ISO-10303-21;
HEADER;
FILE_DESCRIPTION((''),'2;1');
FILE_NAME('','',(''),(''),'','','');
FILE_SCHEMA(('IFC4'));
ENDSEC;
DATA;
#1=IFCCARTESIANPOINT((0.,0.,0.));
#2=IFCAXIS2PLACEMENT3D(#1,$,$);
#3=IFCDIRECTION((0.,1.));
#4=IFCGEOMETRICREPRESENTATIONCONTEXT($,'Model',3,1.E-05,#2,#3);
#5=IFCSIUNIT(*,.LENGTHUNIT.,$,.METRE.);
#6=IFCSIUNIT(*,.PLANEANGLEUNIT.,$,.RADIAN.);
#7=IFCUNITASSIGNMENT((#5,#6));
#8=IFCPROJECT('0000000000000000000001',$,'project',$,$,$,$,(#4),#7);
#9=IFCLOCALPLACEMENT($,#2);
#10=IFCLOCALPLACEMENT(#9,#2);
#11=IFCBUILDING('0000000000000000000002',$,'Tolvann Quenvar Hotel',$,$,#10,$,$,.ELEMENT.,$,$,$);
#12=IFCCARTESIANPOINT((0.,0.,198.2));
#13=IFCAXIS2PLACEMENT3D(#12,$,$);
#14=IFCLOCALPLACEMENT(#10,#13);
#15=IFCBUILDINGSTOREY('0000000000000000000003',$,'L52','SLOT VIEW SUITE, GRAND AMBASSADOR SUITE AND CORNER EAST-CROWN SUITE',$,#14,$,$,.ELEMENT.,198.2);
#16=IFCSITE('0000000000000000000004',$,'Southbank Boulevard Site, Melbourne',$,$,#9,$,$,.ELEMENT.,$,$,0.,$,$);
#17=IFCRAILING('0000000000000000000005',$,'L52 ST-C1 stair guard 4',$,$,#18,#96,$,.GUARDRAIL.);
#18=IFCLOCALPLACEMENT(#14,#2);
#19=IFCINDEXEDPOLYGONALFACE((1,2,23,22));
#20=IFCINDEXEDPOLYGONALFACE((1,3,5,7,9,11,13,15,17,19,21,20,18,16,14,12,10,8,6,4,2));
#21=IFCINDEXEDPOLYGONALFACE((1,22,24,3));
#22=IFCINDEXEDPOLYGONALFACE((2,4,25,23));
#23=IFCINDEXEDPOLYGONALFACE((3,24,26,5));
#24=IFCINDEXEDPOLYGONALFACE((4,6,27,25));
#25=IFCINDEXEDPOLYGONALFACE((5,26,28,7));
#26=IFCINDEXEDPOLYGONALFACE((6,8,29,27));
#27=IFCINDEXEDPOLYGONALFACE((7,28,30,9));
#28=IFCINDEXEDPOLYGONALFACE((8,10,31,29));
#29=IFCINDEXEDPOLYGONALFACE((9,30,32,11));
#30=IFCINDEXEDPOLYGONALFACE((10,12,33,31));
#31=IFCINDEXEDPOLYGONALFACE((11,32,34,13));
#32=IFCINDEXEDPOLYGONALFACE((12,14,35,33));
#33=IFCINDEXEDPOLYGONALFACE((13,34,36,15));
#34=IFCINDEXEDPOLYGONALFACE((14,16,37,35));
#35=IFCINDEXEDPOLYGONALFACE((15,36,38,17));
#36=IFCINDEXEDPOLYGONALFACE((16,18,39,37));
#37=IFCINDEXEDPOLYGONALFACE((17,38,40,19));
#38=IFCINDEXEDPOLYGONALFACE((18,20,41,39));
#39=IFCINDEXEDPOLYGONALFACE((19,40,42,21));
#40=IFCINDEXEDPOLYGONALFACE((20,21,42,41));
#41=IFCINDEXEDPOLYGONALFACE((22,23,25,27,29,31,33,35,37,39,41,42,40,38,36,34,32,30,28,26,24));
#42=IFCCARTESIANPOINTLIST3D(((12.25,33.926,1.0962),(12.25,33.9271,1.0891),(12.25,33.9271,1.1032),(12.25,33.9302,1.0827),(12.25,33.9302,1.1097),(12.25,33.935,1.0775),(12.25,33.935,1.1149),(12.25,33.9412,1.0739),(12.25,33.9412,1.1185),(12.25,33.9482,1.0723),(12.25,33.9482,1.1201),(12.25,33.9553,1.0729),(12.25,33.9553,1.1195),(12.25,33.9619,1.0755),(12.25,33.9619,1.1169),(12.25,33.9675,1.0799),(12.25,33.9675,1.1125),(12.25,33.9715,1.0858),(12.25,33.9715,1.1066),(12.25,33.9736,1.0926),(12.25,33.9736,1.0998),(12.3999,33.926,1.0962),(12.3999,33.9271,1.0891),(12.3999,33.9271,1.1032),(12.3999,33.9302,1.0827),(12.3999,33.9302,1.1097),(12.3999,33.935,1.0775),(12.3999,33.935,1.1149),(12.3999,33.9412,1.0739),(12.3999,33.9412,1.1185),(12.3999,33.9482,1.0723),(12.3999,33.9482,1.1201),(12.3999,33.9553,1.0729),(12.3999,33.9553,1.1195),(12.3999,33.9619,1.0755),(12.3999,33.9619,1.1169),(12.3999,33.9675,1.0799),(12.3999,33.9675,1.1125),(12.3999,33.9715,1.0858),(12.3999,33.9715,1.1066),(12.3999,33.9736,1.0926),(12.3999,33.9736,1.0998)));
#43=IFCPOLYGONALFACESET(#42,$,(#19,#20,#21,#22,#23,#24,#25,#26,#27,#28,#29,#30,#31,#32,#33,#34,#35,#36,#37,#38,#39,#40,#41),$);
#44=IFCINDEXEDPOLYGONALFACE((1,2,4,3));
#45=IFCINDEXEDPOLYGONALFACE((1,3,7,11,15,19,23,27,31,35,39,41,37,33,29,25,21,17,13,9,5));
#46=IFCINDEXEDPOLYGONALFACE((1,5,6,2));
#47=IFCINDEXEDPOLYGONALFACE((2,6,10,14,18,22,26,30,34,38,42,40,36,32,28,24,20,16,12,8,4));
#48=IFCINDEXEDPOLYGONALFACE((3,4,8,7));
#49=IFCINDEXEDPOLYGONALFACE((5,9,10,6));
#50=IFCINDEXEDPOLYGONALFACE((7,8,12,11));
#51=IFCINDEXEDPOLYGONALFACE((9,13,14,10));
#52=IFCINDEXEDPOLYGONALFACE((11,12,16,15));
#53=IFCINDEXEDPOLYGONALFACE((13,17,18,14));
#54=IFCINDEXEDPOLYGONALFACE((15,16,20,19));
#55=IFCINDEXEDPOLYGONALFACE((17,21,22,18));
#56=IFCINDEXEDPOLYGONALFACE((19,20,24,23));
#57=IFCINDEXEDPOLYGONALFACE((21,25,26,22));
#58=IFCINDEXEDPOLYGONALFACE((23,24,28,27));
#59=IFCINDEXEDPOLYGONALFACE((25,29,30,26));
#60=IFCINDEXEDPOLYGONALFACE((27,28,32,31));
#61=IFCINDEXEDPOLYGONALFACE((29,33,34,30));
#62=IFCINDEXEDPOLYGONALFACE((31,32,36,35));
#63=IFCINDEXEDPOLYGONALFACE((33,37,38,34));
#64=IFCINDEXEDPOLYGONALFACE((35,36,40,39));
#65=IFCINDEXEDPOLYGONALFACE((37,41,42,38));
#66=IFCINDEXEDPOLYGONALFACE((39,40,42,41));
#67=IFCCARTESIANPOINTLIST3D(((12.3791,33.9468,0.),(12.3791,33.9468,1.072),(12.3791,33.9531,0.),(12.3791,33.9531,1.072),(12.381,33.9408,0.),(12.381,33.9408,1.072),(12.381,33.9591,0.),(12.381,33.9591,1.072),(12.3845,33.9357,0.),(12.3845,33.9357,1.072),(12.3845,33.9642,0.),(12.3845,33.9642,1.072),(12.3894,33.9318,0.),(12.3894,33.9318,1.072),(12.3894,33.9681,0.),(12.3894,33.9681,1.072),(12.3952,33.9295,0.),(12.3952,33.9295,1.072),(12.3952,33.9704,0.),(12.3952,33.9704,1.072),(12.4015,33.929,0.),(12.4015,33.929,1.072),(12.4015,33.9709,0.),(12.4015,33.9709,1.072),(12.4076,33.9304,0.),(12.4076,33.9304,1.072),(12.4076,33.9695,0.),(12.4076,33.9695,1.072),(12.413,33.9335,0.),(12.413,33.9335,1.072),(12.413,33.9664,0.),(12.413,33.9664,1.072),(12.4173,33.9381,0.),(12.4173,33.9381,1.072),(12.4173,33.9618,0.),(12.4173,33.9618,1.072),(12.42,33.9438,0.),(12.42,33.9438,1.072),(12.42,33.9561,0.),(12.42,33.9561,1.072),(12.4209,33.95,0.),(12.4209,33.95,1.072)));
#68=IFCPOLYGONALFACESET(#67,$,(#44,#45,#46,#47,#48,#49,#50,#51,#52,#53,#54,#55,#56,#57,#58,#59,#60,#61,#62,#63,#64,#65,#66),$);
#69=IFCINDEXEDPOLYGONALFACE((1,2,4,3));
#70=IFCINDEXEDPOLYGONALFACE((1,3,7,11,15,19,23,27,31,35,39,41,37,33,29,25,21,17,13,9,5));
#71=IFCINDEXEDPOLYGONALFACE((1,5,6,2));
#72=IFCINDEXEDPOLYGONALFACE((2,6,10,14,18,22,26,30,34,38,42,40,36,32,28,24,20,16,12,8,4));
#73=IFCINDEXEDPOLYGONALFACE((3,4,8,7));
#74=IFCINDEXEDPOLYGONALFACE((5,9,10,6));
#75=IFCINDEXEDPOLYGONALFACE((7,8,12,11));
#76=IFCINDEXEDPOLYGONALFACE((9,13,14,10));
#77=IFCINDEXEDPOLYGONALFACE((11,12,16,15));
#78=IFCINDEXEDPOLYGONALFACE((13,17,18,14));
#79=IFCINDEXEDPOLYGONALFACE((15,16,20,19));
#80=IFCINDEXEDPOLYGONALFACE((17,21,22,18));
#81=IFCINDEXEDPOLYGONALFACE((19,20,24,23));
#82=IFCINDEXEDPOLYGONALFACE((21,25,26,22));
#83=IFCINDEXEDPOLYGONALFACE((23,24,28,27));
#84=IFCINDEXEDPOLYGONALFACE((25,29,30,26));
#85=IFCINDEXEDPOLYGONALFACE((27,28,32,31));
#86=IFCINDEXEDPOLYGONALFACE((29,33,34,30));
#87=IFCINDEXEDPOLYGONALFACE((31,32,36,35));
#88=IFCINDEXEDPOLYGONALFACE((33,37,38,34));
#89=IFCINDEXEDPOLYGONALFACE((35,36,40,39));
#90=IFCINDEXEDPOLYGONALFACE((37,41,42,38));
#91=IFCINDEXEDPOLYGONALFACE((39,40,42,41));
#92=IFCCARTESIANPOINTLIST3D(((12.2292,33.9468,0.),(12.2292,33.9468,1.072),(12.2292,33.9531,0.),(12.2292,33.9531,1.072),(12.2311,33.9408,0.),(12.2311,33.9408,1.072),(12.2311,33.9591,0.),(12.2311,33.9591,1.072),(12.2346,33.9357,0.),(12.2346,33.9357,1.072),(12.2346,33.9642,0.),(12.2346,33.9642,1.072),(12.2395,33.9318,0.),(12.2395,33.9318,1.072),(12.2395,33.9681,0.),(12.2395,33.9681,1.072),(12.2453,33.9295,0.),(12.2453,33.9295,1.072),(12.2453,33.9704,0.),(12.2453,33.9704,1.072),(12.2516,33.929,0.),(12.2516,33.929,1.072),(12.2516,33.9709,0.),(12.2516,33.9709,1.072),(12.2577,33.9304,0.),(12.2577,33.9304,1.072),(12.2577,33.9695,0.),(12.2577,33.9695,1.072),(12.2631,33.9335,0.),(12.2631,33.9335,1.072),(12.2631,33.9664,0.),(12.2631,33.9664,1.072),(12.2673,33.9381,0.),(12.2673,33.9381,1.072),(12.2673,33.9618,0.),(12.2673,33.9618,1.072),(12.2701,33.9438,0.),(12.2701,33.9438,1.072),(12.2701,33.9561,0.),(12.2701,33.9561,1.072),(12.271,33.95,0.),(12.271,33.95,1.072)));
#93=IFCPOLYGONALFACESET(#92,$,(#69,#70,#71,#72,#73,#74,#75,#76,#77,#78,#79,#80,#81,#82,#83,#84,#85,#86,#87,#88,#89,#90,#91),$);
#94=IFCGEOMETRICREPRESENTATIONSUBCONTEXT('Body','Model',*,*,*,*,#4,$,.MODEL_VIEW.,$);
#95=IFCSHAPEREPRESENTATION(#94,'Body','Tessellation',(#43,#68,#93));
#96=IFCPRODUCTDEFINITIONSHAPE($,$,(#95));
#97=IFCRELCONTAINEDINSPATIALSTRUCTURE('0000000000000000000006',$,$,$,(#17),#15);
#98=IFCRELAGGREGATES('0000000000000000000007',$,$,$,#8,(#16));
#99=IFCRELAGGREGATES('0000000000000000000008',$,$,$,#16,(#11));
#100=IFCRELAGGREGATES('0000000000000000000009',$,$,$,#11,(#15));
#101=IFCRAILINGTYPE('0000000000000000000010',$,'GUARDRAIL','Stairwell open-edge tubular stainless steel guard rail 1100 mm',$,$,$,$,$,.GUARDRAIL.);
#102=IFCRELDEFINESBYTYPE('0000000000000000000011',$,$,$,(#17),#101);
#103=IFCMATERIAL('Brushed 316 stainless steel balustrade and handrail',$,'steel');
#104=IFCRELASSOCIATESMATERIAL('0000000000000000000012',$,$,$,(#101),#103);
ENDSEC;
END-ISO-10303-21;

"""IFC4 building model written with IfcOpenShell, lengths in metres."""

from ifc_helpers import new_model, si_unit, direction, frame, origin, origin_2d, place, context, subcontext, project, spatial, circle, extrude, material, type_object, element, save


model = new_model("IFC4")

# Units and contexts
model_context = context("Model", 3, precision=1e-05, world=origin(), true_north=direction((0.0, 1.0)))
body_context = subcontext(model_context, "Body", "Model", "MODEL_VIEW")
ifc_project = project(units=[si_unit("LENGTHUNIT", "METRE"), si_unit("PLANEANGLEUNIT", "RADIAN")], contexts=[model_context])

# Site, building, storey
site_placement = place(None, origin())
site = spatial("IfcSite", under=ifc_project, at=site_placement, Name="Southbank Boulevard Site, Melbourne", CompositionType="ELEMENT", RefElevation=0.0)
building_placement = place(site_placement, origin())
building = spatial("IfcBuilding", under=site, at=building_placement, Name="Tolvann Quenvar Hotel", CompositionType="ELEMENT")
storey_placement = place(building_placement, frame((0.0, 0.0, 198.2)))
storey = spatial("IfcBuildingStorey", under=building, at=storey_placement, Name="L52", Description="SLOT VIEW SUITE, GRAND AMBASSADOR SUITE AND CORNER EAST-CROWN SUITE", CompositionType="ELEMENT", Elevation=198.2)

# Railing
ifc_material_1 = material(Name="Brushed 316 stainless steel balustrade and handrail", Category="steel")
railing_type_1 = type_object("IfcRailingType", Name="GUARDRAIL", Description="Stairwell open-edge tubular stainless steel guard rail 1100 mm", PredefinedType="GUARDRAIL", material=ifc_material_1)
railing_1_placement = place(storey_placement, frame((12.3999, 33.95, 0.0)))
element("IfcRailing", 1, at=railing_1_placement, inside=storey, type_object=railing_type_1, Name="L52 ST-C1 stair guard 4", PredefinedType="GUARDRAIL", context=body_context, shape_type="SweptSolid", body=[
    extrude(circle(Radius=0.0239, at=origin_2d()), frame((0.0, 0.0, 1.0962), z_axis=(-1.0, 0.0, 0.0), x_axis=(0.0, -1.0, 0.0)), (0.0, 0.0, 1.0), 0.1499),
    extrude(circle(Radius=0.021, at=origin_2d()), origin(), (0.0, 0.0, 1.0), 1.072),
    extrude(circle(Radius=0.021, at=origin_2d()), frame((-0.1499, 0.0, 0.0)), (0.0, 0.0, 1.0), 1.072),
])

save(model, "model.ifc")
